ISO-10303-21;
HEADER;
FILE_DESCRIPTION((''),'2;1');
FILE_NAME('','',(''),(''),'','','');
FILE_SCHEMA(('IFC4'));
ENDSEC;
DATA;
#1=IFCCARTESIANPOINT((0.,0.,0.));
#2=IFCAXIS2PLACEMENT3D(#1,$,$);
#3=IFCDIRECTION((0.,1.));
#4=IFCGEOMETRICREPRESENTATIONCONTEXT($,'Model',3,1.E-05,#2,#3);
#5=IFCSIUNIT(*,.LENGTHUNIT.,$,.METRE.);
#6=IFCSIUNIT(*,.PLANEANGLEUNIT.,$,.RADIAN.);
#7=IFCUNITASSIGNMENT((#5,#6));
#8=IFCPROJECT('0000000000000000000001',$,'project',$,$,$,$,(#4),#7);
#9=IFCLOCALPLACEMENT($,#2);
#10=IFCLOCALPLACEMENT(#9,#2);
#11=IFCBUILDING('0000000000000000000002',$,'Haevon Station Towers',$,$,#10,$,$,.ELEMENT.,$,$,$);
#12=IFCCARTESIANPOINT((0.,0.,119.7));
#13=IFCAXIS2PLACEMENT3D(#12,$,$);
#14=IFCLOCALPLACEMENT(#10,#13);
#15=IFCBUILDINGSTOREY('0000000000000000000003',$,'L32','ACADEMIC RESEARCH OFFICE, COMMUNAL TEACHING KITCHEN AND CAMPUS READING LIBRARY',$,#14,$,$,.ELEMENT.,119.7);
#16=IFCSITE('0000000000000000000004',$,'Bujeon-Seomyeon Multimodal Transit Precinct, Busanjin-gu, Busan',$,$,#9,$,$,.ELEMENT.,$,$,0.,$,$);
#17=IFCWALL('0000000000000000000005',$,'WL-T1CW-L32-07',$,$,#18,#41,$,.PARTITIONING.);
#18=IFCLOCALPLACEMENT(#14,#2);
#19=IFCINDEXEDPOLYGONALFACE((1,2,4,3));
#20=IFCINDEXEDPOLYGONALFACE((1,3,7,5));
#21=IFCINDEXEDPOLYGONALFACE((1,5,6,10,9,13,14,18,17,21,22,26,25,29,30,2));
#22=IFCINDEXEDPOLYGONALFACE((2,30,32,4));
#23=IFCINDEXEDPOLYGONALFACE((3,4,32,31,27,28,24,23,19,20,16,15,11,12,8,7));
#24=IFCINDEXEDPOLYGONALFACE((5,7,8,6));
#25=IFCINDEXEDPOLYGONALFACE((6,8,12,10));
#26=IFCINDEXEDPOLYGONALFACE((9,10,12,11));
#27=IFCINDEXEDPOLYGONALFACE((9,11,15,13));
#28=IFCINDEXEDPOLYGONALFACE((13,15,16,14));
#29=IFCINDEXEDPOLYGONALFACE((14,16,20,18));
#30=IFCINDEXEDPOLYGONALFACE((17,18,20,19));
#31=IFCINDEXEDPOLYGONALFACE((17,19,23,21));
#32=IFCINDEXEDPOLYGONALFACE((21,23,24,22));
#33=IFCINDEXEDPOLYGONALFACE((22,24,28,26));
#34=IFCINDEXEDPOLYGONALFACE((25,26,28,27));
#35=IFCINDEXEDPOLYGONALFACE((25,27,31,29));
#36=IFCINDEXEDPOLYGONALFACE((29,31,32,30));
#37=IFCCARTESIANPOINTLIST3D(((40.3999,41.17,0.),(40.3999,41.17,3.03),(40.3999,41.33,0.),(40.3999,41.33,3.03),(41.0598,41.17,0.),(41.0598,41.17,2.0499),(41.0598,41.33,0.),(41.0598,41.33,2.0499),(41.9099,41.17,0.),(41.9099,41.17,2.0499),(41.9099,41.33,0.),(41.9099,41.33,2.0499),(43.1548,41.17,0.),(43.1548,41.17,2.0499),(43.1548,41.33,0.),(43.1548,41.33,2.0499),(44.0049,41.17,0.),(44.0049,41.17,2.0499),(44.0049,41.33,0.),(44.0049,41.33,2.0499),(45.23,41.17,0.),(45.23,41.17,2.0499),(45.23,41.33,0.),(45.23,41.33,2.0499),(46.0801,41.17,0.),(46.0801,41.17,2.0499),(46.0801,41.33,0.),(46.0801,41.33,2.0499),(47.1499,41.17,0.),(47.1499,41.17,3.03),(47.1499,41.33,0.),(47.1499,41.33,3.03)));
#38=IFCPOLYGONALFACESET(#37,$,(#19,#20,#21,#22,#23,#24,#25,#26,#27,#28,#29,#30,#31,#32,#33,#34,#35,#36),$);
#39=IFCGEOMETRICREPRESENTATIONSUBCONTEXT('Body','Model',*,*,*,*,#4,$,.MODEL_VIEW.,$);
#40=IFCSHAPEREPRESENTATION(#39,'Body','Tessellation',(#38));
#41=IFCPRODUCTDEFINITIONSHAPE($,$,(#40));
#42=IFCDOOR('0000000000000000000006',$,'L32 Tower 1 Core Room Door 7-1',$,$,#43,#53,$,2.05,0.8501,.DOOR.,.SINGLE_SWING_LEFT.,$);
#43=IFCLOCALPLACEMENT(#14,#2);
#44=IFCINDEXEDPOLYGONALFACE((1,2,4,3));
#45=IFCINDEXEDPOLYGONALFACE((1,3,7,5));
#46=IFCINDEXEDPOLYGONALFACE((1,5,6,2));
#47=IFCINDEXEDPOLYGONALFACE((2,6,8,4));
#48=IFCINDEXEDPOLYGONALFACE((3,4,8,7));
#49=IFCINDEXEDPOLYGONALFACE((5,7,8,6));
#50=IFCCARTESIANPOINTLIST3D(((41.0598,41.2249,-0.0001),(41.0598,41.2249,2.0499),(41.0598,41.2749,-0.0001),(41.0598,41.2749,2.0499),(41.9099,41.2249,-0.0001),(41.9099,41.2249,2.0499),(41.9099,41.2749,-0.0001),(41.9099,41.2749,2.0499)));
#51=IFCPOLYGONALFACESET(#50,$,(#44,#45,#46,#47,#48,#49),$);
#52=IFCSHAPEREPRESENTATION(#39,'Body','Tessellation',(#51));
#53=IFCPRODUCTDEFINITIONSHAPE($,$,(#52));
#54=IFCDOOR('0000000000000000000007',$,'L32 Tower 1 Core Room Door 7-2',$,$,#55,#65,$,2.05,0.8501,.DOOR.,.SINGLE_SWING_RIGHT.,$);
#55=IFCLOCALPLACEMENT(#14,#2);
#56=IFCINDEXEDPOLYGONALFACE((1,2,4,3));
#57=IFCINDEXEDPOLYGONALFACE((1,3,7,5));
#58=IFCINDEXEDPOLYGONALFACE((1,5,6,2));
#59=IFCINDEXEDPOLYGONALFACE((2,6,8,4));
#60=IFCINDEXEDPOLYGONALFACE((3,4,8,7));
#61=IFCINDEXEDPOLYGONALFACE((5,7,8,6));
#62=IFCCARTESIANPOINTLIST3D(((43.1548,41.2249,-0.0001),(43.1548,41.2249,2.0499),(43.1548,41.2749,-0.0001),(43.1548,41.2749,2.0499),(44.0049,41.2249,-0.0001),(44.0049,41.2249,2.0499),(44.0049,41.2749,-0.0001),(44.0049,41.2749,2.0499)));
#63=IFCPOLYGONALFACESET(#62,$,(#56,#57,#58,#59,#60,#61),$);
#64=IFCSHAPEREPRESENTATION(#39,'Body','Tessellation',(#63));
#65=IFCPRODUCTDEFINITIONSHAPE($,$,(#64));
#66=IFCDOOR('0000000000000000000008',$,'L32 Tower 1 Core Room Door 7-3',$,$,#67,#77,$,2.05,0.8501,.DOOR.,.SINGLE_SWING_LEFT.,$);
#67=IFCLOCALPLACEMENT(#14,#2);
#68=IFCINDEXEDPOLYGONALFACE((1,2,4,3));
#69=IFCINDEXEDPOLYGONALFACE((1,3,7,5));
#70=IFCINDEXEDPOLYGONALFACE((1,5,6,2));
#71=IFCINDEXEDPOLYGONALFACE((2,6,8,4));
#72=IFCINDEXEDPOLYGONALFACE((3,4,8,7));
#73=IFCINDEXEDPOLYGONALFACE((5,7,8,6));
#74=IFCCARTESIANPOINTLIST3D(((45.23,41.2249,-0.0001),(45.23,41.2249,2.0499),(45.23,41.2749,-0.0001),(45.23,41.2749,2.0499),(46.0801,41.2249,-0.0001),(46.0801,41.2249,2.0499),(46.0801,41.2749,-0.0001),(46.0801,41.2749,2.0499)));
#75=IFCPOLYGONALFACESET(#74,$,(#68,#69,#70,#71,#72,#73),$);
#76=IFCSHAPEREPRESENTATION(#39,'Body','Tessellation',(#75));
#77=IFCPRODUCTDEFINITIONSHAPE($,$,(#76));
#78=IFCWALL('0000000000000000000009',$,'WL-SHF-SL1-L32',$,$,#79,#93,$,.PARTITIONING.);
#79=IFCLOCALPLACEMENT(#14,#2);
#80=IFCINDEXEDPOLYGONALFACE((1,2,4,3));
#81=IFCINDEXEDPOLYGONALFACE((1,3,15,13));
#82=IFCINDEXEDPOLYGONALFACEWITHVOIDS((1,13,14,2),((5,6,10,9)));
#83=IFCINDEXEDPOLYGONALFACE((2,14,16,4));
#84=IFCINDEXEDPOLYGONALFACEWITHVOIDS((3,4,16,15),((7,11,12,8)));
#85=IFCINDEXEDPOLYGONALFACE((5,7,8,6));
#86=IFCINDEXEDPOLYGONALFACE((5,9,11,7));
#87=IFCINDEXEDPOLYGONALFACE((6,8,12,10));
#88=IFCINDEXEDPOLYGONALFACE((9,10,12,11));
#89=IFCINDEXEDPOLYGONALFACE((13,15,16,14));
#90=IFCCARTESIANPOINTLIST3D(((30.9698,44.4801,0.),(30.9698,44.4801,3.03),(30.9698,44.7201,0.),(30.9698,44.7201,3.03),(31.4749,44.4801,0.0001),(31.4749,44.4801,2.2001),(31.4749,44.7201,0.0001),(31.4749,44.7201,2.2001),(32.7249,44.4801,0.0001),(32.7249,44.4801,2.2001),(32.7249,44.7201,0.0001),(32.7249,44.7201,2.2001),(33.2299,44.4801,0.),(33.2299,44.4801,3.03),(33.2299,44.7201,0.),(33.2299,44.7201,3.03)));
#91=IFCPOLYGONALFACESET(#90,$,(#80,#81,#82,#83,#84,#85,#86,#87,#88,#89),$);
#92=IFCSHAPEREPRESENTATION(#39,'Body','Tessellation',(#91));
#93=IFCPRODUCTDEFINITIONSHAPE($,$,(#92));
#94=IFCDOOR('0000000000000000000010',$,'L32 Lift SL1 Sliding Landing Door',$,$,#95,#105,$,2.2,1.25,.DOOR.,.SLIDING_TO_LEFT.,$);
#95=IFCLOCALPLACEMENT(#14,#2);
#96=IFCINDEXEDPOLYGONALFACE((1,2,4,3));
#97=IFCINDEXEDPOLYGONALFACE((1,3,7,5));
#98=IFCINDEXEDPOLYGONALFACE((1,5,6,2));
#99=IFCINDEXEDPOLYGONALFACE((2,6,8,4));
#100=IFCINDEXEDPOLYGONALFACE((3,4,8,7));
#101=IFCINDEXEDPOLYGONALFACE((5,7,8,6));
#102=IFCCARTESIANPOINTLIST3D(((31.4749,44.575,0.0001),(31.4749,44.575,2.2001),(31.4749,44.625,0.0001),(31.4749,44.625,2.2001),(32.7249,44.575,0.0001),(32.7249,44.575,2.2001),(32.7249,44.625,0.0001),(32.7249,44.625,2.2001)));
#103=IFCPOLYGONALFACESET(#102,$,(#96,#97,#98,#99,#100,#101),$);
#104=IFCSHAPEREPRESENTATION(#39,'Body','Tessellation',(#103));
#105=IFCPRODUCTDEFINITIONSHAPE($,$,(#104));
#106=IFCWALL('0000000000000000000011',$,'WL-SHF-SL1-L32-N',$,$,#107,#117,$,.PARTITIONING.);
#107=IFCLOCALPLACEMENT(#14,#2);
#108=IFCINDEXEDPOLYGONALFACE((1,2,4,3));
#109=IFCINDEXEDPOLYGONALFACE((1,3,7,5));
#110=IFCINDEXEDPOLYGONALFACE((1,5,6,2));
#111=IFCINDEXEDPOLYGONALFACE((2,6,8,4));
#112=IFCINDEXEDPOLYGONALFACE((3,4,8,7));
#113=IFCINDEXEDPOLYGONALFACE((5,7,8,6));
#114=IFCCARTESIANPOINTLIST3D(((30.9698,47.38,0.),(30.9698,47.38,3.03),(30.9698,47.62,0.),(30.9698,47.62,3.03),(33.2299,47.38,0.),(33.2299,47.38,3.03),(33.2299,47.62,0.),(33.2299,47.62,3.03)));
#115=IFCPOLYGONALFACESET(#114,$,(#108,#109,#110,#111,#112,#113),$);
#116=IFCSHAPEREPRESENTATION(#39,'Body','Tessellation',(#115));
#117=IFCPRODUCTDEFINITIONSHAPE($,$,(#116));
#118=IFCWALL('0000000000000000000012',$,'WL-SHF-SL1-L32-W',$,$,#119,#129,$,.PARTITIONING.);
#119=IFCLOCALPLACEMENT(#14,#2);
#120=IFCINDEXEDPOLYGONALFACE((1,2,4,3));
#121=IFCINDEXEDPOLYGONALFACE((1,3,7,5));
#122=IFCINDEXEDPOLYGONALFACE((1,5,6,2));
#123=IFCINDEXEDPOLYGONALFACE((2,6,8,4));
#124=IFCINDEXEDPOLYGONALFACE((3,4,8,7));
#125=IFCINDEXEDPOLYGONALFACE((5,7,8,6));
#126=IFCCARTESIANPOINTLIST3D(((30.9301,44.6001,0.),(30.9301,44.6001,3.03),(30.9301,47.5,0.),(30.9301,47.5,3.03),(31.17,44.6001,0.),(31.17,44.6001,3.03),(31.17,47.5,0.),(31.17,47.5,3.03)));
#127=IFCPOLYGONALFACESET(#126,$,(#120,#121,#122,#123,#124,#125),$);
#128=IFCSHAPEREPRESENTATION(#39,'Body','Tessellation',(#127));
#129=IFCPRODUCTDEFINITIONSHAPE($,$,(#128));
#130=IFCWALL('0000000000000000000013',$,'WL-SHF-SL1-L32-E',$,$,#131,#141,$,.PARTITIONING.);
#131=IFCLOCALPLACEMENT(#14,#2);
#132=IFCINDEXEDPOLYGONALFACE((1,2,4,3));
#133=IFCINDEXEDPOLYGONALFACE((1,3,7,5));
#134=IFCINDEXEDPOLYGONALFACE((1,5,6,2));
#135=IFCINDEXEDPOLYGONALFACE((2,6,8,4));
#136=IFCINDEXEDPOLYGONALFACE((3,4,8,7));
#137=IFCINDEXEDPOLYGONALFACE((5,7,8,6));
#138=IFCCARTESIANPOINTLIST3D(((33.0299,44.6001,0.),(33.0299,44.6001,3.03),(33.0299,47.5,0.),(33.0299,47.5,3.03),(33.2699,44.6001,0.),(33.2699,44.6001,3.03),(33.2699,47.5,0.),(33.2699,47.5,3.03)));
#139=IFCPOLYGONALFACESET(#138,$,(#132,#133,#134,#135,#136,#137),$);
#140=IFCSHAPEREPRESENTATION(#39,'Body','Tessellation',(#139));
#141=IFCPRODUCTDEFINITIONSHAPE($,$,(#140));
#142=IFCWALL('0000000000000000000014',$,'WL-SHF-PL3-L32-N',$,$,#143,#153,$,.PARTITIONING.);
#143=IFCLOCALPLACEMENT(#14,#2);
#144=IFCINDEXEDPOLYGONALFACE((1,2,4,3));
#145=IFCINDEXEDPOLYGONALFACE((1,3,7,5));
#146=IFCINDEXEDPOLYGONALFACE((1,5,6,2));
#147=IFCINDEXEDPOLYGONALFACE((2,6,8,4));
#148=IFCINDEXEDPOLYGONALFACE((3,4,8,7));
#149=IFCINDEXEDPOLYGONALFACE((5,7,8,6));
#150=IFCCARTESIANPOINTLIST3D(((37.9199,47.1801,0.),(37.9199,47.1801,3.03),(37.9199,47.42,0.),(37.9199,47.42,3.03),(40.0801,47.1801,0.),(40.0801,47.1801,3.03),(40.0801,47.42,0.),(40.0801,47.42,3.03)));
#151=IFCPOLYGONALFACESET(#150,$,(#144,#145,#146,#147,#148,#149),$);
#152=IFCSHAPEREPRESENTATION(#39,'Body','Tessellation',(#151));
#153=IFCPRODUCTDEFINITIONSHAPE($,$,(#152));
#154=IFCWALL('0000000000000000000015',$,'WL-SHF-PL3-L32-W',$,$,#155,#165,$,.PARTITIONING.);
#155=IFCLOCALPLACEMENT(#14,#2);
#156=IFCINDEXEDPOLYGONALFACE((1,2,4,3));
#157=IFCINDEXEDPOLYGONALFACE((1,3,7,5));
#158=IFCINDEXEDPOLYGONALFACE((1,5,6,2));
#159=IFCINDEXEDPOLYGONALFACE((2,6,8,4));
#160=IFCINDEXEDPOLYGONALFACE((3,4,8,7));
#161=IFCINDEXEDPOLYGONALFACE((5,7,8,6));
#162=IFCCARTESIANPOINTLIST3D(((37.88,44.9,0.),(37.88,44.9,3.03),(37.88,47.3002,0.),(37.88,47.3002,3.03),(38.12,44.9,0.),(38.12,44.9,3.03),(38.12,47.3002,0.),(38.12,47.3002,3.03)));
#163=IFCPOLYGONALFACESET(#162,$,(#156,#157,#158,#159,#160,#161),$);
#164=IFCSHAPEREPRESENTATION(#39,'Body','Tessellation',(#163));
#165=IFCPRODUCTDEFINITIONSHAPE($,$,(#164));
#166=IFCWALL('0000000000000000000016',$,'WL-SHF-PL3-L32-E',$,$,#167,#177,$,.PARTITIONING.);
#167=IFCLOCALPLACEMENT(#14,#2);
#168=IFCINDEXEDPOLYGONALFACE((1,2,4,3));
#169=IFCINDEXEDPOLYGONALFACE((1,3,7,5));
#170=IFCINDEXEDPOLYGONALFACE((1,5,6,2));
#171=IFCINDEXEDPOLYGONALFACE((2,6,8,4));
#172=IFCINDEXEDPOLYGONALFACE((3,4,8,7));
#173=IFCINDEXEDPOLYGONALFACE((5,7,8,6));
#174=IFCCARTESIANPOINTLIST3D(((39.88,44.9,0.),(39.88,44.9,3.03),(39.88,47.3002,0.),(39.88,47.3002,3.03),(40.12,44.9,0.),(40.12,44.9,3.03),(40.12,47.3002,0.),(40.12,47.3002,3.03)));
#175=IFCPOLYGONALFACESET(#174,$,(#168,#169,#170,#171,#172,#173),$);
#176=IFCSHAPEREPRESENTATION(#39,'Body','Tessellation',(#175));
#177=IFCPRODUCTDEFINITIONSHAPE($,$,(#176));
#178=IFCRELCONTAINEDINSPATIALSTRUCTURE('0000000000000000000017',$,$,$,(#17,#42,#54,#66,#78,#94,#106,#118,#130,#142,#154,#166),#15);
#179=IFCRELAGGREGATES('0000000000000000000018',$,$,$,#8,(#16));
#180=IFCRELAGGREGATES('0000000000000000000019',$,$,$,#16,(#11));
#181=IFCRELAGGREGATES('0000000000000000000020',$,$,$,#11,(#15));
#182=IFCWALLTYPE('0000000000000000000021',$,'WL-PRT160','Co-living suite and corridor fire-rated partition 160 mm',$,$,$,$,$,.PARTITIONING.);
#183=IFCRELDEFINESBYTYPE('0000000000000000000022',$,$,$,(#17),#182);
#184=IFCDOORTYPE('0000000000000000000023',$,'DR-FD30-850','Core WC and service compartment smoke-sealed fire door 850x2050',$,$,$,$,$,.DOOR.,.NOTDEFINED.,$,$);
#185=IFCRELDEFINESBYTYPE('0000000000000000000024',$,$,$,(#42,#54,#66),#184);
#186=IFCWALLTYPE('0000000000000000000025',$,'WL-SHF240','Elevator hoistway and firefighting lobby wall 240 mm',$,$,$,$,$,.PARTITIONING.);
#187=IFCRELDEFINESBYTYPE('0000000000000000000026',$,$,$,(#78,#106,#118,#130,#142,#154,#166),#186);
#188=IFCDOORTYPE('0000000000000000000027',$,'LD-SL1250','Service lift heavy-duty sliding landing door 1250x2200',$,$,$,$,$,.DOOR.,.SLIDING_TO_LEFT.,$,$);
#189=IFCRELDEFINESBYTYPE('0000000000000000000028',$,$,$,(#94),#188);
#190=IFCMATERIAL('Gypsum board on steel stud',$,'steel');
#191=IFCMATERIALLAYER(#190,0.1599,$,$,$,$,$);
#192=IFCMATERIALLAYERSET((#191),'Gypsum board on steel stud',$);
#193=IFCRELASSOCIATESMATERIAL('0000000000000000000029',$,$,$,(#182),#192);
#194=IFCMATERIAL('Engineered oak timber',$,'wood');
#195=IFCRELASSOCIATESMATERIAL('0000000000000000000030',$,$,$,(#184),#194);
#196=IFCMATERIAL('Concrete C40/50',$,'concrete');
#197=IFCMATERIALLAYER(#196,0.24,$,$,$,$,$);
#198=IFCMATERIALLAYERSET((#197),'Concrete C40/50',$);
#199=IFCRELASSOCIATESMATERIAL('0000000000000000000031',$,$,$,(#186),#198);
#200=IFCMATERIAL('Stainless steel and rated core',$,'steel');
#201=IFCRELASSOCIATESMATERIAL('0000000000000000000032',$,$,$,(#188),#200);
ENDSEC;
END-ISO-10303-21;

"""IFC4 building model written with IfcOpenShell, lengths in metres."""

from ifc_helpers import new_model, si_unit, direction, frame, frame_2d, origin, place, context, subcontext, project, spatial, rectangle, extrude, material, layer, layer_set, type_object, element, fill, save


model = new_model("IFC4")

# Units and contexts
model_context = context("Model", 3, precision=1e-05, world=origin(), true_north=direction((0.0, 1.0)))
body_context = subcontext(model_context, "Body", "Model", "MODEL_VIEW")
ifc_project = project(units=[si_unit("LENGTHUNIT", "METRE"), si_unit("PLANEANGLEUNIT", "RADIAN")], contexts=[model_context])

# Site, building, storey
site_placement = place(None, origin())
site = spatial("IfcSite", under=ifc_project, at=site_placement, Name="Bujeon-Seomyeon Multimodal Transit Precinct, Busanjin-gu, Busan", CompositionType="ELEMENT", RefElevation=0.0)
building_placement = place(site_placement, origin())
building = spatial("IfcBuilding", under=site, at=building_placement, Name="Haevon Station Towers", CompositionType="ELEMENT")
storey_placement = place(building_placement, frame((0.0, 0.0, 119.7)))
storey = spatial("IfcBuildingStorey", under=building, at=storey_placement, Name="L32", Description="ACADEMIC RESEARCH OFFICE, COMMUNAL TEACHING KITCHEN AND CAMPUS READING LIBRARY", CompositionType="ELEMENT", Elevation=119.7)

# Shared definitions
ifc_material_1 = material(Name="Gypsum board on steel stud", Category="steel")
ifc_layer_1 = layer(ifc_material_1, 0.1599)
ifc_layer_set_1 = layer_set([ifc_layer_1], Name="Gypsum board on steel stud")
wall_type_1 = type_object("IfcWallType", Name="WL-PRT160", Description="Co-living suite and corridor fire-rated partition 160 mm", PredefinedType="PARTITIONING", material=ifc_layer_set_1)
ifc_material_2 = material(Name="Engineered oak timber", Category="wood")

# Wall, openings, doors
wall_1_placement = place(storey_placement, frame((40.3999, 41.25, 0.0), z_axis=(0.0, 0.0, 1.0), x_axis=(1.0, 0.0, 0.0)))
wall_1 = element("IfcWall", 1, at=wall_1_placement, inside=storey, type_object=wall_type_1, Name="WL-T1CW-L32-07", PredefinedType="PARTITIONING", context=body_context, shape_type="SweptSolid", body=[
    extrude(rectangle(XDim=6.75, YDim=0.1599, at=frame_2d((3.375, 0.0))), origin(), (0.0, 0.0, 1.0), 3.03),
])
opening_1_placement = place(wall_1_placement, frame((0.6599, 0.0, 0.0)))
opening_1 = element("IfcOpeningElement", 2, at=opening_1_placement, cuts=wall_1, PredefinedType="OPENING", context=body_context, shape_type="SweptSolid", body=[
    extrude(rectangle(XDim=0.8501, YDim=2.05, at=frame_2d((0.425, 1.0249))), frame((0.0, 0.0898, 0.0), z_axis=(0.0, -1.0, 0.0), x_axis=(1.0, 0.0, 0.0)), (0.0, 0.0, 1.0), 0.1799),
])
opening_2_placement = place(wall_1_placement, frame((2.7549, 0.0, 0.0)))
opening_2 = element("IfcOpeningElement", 3, at=opening_2_placement, cuts=wall_1, PredefinedType="OPENING", context=body_context, shape_type="SweptSolid", body=[
    extrude(rectangle(XDim=0.8501, YDim=2.05, at=frame_2d((0.425, 1.0249))), frame((0.0, 0.0898, 0.0), z_axis=(0.0, -1.0, 0.0), x_axis=(1.0, 0.0, 0.0)), (0.0, 0.0, 1.0), 0.1799),
])
opening_3_placement = place(wall_1_placement, frame((4.8301, 0.0, 0.0)))
opening_3 = element("IfcOpeningElement", 4, at=opening_3_placement, cuts=wall_1, PredefinedType="OPENING", context=body_context, shape_type="SweptSolid", body=[
    extrude(rectangle(XDim=0.8501, YDim=2.05, at=frame_2d((0.425, 1.0249))), frame((0.0, 0.0898, 0.0), z_axis=(0.0, -1.0, 0.0), x_axis=(1.0, 0.0, 0.0)), (0.0, 0.0, 1.0), 0.1799),
])
door_type_1 = type_object("IfcDoorType", Name="DR-FD30-850", Description="Core WC and service compartment smoke-sealed fire door 850x2050", OperationType="NOTDEFINED", PredefinedType="DOOR", material=ifc_material_2)
door_1_placement = place(opening_1_placement, origin())
door_1 = element("IfcDoor", 5, at=door_1_placement, inside=storey, type_object=door_type_1, Name="L32 Tower 1 Core Room Door 7-1", OperationType="SINGLE_SWING_LEFT", OverallHeight=2.05, OverallWidth=0.8501, PredefinedType="DOOR", context=body_context, shape_type="SweptSolid", body=[
    extrude(rectangle(XDim=0.8501, YDim=2.05, at=frame_2d((0.425, 1.0249))), frame((0.0, 0.0249, 0.0), z_axis=(0.0, -1.0, 0.0), x_axis=(1.0, 0.0, 0.0)), (0.0, 0.0, 1.0), 0.05),
])
fill(opening_1, door_1)
door_2_placement = place(opening_2_placement, origin())
door_2 = element("IfcDoor", 6, at=door_2_placement, inside=storey, type_object=door_type_1, Name="L32 Tower 1 Core Room Door 7-2", OperationType="SINGLE_SWING_RIGHT", OverallHeight=2.05, OverallWidth=0.8501, PredefinedType="DOOR", context=body_context, shape_type="SweptSolid", body=[
    extrude(rectangle(XDim=0.8501, YDim=2.05, at=frame_2d((0.425, 1.0249))), frame((0.0, 0.0249, 0.0), z_axis=(0.0, -1.0, 0.0), x_axis=(1.0, 0.0, 0.0)), (0.0, 0.0, 1.0), 0.05),
])
fill(opening_2, door_2)
door_3_placement = place(opening_3_placement, origin())
door_3 = element("IfcDoor", 7, at=door_3_placement, inside=storey, type_object=door_type_1, Name="L32 Tower 1 Core Room Door 7-3", OperationType="SINGLE_SWING_LEFT", OverallHeight=2.05, OverallWidth=0.8501, PredefinedType="DOOR", context=body_context, shape_type="SweptSolid", body=[
    extrude(rectangle(XDim=0.8501, YDim=2.05, at=frame_2d((0.425, 1.0249))), frame((0.0, 0.0249, 0.0), z_axis=(0.0, -1.0, 0.0), x_axis=(1.0, 0.0, 0.0)), (0.0, 0.0, 1.0), 0.05),
])
fill(opening_3, door_3)

# Wall, opening, door
ifc_material_3 = material(Name="Concrete C40/50", Category="concrete")
ifc_layer_2 = layer(ifc_material_3, 0.24)
ifc_layer_set_2 = layer_set([ifc_layer_2], Name="Concrete C40/50")
wall_type_2 = type_object("IfcWallType", Name="WL-SHF240", Description="Elevator hoistway and firefighting lobby wall 240 mm", PredefinedType="PARTITIONING", material=ifc_layer_set_2)
wall_2_placement = place(storey_placement, frame((30.97, 44.6001, 0.0), z_axis=(0.0, 0.0, 1.0), x_axis=(1.0, 0.0, 0.0)))
wall_2 = element("IfcWall", 8, at=wall_2_placement, inside=storey, type_object=wall_type_2, Name="WL-SHF-SL1-L32", PredefinedType="PARTITIONING", context=body_context, shape_type="SweptSolid", body=[
    extrude(rectangle(XDim=2.26, YDim=0.24, at=frame_2d((1.1299, 0.0))), origin(), (0.0, 0.0, 1.0), 3.03),
])
opening_4_placement = place(wall_2_placement, frame((0.5049, 0.0, 0.0)))
opening_4 = element("IfcOpeningElement", 9, at=opening_4_placement, cuts=wall_2, PredefinedType="OPENING", context=body_context, shape_type="SweptSolid", body=[
    extrude(rectangle(XDim=1.25, YDim=2.2, at=frame_2d((0.625, 1.1001))), frame((0.0, 0.1299, 0.0), z_axis=(0.0, -1.0, 0.0), x_axis=(1.0, 0.0, 0.0)), (0.0, 0.0, 1.0), 0.26),
])
ifc_material_4 = material(Name="Stainless steel and rated core", Category="steel")
door_type_2 = type_object("IfcDoorType", Name="LD-SL1250", Description="Service lift heavy-duty sliding landing door 1250x2200", OperationType="SLIDING_TO_LEFT", PredefinedType="DOOR", material=ifc_material_4)
door_4_placement = place(opening_4_placement, origin())
door_4 = element("IfcDoor", 10, at=door_4_placement, inside=storey, type_object=door_type_2, Name="L32 Lift SL1 Sliding Landing Door", OperationType="SLIDING_TO_LEFT", OverallHeight=2.2, OverallWidth=1.25, PredefinedType="DOOR", context=body_context, shape_type="SweptSolid", body=[
    extrude(rectangle(XDim=1.25, YDim=2.2, at=frame_2d((0.625, 1.1001))), frame((0.0, 0.0249, 0.0), z_axis=(0.0, -1.0, 0.0), x_axis=(1.0, 0.0, 0.0)), (0.0, 0.0, 1.0), 0.05),
])
fill(opening_4, door_4)

# Walls
wall_3_placement = place(storey_placement, frame((30.97, 47.5, 0.0), z_axis=(0.0, 0.0, 1.0), x_axis=(1.0, 0.0, 0.0)))
element("IfcWall", 11, at=wall_3_placement, inside=storey, type_object=wall_type_2, Name="WL-SHF-SL1-L32-N", PredefinedType="PARTITIONING", context=body_context, shape_type="SweptSolid", body=[
    extrude(rectangle(XDim=2.26, YDim=0.24, at=frame_2d((1.1299, 0.0))), origin(), (0.0, 0.0, 1.0), 3.03),
])
for number, where, z_axis, x_axis, name in (
    (12, (31.05, 44.6001, 0.0), (0.0, 0.0, 1.0), (0.0, 1.0, 0.0), "WL-SHF-SL1-L32-W"),
    (13, (33.1499, 44.6001, 0.0), (0.0, 0.0, 1.0), (0.0, 1.0, 0.0), "WL-SHF-SL1-L32-E"),
):
    element("IfcWall", number, at=place(storey_placement, frame(where, z_axis=z_axis, x_axis=x_axis)), inside=storey, type_object=wall_type_2, Name=name, PredefinedType="PARTITIONING", context=body_context, shape_type="SweptSolid", body=[
        extrude(rectangle(XDim=2.8999, YDim=0.24, at=frame_2d((1.45, 0.0))), origin(), (0.0, 0.0, 1.0), 3.03),
    ])

# Walls
wall_4_placement = place(storey_placement, frame((37.9199, 47.3, 0.0), z_axis=(0.0, 0.0, 1.0), x_axis=(1.0, 0.0, 0.0)))
element("IfcWall", 14, at=wall_4_placement, inside=storey, type_object=wall_type_2, Name="WL-SHF-PL3-L32-N", PredefinedType="PARTITIONING", context=body_context, shape_type="SweptSolid", body=[
    extrude(rectangle(XDim=2.1602, YDim=0.24, at=frame_2d((1.0801, 0.0))), origin(), (0.0, 0.0, 1.0), 3.03),
])
for number, where, z_axis, x_axis, name in (
    (15, (38.0, 44.8999, 0.0), (0.0, 0.0, 1.0), (0.0, 1.0, 0.0), "WL-SHF-PL3-L32-W"),
    (16, (40.0, 44.8999, 0.0), (0.0, 0.0, 1.0), (0.0, 1.0, 0.0), "WL-SHF-PL3-L32-E"),
):
    element("IfcWall", number, at=place(storey_placement, frame(where, z_axis=z_axis, x_axis=x_axis)), inside=storey, type_object=wall_type_2, Name=name, PredefinedType="PARTITIONING", context=body_context, shape_type="SweptSolid", body=[
        extrude(rectangle(XDim=2.4001, YDim=0.24, at=frame_2d((1.2002, 0.0))), origin(), (0.0, 0.0, 1.0), 3.03),
    ])

save(model, "model.ifc")
